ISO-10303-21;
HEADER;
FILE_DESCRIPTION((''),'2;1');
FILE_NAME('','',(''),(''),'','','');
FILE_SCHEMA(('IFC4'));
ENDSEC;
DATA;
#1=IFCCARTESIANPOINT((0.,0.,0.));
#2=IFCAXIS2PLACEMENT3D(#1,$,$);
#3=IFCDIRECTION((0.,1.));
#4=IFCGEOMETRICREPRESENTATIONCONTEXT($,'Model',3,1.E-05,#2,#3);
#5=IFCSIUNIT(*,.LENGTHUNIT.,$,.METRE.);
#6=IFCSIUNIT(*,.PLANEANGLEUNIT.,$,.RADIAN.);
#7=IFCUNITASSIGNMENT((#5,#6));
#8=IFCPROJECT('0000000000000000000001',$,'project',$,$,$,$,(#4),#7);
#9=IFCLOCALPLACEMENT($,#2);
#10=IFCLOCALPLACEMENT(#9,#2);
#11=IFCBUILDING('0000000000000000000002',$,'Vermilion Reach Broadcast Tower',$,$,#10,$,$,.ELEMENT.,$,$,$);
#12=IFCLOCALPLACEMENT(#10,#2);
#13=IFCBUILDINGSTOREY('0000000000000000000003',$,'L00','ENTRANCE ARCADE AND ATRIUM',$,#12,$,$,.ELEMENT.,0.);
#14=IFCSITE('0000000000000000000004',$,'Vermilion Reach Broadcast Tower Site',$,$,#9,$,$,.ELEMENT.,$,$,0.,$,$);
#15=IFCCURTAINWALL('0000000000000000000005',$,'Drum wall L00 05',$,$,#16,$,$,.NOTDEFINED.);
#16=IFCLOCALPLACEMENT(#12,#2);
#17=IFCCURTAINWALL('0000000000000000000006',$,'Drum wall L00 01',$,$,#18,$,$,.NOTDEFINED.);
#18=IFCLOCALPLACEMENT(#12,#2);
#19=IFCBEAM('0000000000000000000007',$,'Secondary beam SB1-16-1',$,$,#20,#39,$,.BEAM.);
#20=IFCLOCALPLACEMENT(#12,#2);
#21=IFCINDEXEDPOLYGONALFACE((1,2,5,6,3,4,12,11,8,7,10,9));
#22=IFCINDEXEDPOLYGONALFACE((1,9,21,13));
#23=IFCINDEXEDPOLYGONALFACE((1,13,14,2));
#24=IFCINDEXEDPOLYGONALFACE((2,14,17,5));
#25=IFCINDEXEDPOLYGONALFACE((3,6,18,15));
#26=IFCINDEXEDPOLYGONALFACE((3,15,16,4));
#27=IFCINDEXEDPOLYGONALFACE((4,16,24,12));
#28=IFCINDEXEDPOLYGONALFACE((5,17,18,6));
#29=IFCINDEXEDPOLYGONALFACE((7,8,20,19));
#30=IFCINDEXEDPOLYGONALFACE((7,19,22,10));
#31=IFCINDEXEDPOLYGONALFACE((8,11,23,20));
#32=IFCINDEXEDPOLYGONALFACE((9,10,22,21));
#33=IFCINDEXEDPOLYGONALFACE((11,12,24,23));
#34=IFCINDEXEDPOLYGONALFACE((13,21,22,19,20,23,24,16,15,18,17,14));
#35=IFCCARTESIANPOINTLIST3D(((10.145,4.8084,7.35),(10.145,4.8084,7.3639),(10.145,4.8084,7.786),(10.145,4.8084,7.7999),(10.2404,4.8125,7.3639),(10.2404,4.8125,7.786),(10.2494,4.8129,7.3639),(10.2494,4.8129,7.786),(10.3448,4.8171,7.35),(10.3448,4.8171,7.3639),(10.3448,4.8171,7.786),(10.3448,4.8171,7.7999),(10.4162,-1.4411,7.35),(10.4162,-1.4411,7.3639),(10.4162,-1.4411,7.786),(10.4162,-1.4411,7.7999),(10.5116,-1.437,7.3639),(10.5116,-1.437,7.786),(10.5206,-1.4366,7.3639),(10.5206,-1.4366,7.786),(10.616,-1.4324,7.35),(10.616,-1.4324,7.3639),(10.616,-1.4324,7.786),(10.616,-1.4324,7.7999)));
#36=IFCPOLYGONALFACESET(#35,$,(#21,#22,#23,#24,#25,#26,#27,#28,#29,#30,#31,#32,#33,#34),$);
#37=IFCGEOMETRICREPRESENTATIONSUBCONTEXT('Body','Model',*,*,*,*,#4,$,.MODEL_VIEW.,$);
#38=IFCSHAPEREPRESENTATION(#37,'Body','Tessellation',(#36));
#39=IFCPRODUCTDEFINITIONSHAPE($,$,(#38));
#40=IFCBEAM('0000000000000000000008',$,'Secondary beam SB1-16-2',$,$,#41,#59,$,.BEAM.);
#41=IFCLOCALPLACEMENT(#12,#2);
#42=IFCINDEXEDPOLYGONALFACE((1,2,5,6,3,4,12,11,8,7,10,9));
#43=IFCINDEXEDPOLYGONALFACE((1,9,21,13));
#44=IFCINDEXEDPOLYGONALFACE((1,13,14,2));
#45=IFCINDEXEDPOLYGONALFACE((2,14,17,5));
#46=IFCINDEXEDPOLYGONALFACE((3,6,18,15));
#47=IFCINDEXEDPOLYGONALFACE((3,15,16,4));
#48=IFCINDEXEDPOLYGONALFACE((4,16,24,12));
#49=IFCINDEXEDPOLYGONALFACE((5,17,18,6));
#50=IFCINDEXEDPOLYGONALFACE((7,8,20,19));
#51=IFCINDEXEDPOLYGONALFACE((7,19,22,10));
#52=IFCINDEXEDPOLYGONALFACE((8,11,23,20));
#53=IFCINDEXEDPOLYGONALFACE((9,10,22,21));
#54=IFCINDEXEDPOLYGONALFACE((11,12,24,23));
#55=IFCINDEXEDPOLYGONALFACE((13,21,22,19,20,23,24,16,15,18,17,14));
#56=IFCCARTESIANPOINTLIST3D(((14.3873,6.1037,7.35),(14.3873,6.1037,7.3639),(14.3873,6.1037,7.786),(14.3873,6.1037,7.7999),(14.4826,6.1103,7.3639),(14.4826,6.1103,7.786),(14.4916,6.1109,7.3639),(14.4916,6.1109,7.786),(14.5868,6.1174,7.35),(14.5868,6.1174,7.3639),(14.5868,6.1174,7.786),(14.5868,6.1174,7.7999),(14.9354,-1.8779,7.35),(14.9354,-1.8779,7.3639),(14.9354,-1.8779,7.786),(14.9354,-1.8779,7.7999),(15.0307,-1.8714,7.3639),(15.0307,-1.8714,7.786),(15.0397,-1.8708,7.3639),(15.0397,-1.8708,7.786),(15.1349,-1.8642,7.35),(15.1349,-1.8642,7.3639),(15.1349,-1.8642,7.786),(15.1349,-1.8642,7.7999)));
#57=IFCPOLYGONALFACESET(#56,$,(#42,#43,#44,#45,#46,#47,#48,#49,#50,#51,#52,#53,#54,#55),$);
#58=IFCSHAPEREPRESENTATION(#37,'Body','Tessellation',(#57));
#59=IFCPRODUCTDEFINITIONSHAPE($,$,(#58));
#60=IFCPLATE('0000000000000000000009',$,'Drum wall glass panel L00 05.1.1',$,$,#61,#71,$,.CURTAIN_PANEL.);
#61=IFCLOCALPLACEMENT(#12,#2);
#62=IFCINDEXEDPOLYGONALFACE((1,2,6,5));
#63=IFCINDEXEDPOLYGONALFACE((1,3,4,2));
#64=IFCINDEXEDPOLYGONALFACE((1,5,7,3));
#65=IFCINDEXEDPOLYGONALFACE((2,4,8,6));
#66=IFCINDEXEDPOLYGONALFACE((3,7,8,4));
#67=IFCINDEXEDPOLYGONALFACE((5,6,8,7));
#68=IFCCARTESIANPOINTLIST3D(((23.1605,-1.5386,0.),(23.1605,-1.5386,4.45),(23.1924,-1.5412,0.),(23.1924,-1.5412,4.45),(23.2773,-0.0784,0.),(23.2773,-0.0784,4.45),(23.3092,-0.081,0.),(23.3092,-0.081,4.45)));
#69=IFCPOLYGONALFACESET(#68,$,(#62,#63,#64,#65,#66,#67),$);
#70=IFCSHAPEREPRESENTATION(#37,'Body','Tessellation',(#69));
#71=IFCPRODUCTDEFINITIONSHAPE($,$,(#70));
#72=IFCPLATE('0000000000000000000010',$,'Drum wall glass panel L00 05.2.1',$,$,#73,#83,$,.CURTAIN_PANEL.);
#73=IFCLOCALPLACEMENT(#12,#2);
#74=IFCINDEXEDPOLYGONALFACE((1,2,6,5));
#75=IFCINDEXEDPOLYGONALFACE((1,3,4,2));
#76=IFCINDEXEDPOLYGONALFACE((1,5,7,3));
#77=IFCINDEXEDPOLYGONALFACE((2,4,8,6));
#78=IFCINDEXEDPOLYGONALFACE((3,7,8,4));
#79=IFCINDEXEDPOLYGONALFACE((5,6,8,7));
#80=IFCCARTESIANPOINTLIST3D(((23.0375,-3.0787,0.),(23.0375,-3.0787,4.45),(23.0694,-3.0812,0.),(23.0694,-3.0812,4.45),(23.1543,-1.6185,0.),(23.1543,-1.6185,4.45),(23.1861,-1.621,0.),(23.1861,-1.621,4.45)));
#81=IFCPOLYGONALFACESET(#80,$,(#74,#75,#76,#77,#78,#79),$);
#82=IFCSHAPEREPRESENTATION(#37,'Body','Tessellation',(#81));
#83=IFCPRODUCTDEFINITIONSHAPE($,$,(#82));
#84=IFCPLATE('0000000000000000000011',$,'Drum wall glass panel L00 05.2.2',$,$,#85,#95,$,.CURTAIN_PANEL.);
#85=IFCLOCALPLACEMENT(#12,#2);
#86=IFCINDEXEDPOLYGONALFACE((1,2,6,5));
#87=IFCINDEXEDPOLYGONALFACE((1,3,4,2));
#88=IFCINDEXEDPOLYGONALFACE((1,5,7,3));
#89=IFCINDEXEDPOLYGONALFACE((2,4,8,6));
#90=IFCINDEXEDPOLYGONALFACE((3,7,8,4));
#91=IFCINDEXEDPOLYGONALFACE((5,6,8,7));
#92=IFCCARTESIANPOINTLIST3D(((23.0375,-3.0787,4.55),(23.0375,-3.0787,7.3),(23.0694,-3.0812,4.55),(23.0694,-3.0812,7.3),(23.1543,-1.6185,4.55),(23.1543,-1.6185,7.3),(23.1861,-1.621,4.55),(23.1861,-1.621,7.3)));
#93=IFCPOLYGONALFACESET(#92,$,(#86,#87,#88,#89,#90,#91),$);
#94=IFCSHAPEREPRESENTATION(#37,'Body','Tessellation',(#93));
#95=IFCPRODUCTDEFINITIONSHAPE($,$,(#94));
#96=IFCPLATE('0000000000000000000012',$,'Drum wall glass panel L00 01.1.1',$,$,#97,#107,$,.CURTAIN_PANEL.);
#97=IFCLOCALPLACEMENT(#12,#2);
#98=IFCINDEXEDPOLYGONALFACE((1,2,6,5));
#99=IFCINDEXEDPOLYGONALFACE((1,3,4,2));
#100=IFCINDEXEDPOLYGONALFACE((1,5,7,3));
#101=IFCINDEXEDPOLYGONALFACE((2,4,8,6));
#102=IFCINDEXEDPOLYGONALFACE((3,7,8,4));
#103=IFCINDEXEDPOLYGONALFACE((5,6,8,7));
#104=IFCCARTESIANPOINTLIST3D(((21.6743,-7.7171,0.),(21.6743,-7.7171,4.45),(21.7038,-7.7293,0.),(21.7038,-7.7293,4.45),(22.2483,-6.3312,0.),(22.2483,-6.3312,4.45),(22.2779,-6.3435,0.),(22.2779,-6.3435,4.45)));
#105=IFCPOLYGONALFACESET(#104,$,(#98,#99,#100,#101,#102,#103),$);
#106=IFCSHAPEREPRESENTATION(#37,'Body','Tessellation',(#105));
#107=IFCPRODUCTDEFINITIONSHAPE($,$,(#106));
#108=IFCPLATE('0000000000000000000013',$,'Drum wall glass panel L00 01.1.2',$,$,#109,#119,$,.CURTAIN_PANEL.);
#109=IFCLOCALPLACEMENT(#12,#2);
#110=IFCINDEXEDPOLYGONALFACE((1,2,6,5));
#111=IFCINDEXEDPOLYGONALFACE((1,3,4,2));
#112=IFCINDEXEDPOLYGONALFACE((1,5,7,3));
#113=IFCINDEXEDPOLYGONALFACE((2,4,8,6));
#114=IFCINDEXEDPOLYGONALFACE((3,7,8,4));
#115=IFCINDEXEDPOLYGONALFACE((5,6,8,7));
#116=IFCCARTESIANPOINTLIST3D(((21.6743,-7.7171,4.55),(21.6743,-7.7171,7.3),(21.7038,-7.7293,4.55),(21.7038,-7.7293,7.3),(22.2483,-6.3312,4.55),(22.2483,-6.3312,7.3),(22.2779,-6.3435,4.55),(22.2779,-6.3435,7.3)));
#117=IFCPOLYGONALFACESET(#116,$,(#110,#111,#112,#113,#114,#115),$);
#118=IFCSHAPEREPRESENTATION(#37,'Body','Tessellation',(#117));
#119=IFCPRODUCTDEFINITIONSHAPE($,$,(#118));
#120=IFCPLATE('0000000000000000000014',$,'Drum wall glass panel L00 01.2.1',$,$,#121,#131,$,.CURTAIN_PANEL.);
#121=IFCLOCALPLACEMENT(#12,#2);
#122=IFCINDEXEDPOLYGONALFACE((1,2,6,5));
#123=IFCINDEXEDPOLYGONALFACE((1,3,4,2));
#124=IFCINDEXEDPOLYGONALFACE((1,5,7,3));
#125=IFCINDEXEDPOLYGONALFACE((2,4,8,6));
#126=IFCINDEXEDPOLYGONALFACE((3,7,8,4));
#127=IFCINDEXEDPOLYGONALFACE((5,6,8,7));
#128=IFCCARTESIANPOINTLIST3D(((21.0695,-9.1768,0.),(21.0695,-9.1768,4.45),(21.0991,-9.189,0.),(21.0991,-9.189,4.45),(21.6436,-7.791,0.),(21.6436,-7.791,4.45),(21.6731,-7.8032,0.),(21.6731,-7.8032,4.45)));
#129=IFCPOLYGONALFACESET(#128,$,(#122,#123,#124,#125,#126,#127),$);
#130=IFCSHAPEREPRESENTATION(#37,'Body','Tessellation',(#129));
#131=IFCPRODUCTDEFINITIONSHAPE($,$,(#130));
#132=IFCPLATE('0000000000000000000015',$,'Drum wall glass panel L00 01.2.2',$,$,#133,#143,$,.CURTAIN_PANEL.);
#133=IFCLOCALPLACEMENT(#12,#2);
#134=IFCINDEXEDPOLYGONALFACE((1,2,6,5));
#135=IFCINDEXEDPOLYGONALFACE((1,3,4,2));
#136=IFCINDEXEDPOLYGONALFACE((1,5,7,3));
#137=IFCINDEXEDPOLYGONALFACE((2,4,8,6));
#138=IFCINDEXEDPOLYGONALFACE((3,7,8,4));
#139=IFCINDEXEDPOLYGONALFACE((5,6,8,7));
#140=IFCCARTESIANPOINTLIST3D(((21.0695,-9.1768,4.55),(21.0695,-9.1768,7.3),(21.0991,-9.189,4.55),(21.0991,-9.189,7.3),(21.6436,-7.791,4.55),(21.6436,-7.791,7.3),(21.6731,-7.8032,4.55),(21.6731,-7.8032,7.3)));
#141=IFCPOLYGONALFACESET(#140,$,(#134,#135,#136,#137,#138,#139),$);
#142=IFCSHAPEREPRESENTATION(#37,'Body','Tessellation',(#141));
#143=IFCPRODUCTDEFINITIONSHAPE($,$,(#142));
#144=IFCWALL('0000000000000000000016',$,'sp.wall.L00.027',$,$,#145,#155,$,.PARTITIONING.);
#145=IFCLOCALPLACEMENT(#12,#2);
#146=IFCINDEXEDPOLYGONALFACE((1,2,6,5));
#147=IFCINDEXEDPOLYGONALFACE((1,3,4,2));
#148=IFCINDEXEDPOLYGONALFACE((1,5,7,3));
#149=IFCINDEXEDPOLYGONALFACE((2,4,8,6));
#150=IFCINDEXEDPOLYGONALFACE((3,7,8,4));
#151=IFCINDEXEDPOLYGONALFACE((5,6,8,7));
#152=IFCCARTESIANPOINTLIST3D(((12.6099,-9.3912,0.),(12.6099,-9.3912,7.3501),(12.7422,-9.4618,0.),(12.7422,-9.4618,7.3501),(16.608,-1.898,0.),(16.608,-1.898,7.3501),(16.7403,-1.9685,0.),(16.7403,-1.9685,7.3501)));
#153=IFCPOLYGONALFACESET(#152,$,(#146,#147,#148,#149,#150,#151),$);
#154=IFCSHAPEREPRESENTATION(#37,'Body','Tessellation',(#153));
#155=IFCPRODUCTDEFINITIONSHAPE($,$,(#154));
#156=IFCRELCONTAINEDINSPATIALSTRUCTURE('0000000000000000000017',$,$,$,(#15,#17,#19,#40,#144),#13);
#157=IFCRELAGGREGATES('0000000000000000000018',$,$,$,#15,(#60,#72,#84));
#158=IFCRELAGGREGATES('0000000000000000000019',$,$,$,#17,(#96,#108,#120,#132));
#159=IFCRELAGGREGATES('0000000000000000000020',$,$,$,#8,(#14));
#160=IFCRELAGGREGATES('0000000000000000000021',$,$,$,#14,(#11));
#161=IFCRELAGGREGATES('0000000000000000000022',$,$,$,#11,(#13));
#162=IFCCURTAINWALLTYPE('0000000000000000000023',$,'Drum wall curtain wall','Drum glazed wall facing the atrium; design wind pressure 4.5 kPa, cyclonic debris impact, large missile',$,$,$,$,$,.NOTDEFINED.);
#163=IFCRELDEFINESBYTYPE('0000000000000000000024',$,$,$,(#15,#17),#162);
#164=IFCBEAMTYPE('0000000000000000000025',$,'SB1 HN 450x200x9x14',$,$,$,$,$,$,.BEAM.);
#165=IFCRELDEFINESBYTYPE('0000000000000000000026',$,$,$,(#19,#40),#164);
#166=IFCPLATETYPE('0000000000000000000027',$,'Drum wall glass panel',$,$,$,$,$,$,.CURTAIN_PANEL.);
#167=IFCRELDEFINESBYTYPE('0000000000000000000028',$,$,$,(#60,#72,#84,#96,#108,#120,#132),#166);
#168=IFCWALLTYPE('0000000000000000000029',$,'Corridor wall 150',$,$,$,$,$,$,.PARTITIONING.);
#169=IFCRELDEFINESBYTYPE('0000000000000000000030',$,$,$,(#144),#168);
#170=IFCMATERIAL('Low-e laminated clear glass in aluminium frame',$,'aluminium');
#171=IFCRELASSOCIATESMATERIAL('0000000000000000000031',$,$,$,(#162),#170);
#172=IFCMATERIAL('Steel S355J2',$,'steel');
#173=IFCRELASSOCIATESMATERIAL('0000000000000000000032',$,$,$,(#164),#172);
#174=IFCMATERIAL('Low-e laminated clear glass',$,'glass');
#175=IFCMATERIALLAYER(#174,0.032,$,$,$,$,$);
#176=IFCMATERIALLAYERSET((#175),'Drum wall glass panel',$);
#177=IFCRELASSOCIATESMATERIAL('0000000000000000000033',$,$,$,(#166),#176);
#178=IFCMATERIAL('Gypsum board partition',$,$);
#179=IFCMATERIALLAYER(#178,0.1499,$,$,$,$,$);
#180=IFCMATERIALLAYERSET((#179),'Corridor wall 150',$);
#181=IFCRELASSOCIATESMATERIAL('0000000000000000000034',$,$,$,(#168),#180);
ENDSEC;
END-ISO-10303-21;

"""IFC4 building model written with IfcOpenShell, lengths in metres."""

from ifc_helpers import new_model, si_unit, direction, frame, frame_2d, origin, origin_2d, place, context, subcontext, project, spatial, rectangle, i_section, extrude, material, layer, layer_set, material_profile, profile_set, type_object, element, aggregate, save


model = new_model("IFC4")

# Units and contexts
model_context = context("Model", 3, precision=1e-05, world=origin(), true_north=direction((0.0, 1.0)))
body_context = subcontext(model_context, "Body", "Model", "MODEL_VIEW")
ifc_project = project(units=[si_unit("LENGTHUNIT", "METRE"), si_unit("PLANEANGLEUNIT", "RADIAN")], contexts=[model_context])

# Site, building, storey
site_placement = place(None, origin())
site = spatial("IfcSite", under=ifc_project, at=site_placement, Name="Vermilion Reach Broadcast Tower Site", CompositionType="ELEMENT", RefElevation=0.0)
building_placement = place(site_placement, origin())
building = spatial("IfcBuilding", under=site, at=building_placement, Name="Vermilion Reach Broadcast Tower", CompositionType="ELEMENT")
storey_placement = place(building_placement, origin())
storey = spatial("IfcBuildingStorey", under=building, at=storey_placement, Name="L00", Description="ENTRANCE ARCADE AND ATRIUM", CompositionType="ELEMENT", Elevation=0.0)

# Curtain walls
ifc_material_1 = material(Name="Low-e laminated clear glass in aluminium frame", Category="aluminium")
curtain_wall_type = type_object("IfcCurtainWallType", Name="Drum wall curtain wall", Description="Drum glazed wall facing the atrium; design wind pressure 4.5 kPa, cyclonic debris impact, large missile", PredefinedType="NOTDEFINED", material=ifc_material_1)
placement = place(storey_placement, origin())
curtain_wall_1 = element("IfcCurtainWall", 1, at=placement, inside=storey, type_object=curtain_wall_type, Name="Drum wall L00 05", PredefinedType="NOTDEFINED")
curtain_wall_2 = element("IfcCurtainWall", 2, at=placement, inside=storey, type_object=curtain_wall_type, Name="Drum wall L00 01", PredefinedType="NOTDEFINED")

# Beams
ifc_material_2 = material(Name="Steel S355J2", Category="steel")
ifc_material_profile_1 = material_profile(ifc_material_2, i_section(OverallWidth=0.2, OverallDepth=0.45, WebThickness=0.009, FlangeThickness=0.0139, at=origin_2d()), Name="S355J2 HN 450x200x9x14")
ifc_profile_set_1 = profile_set([ifc_material_profile_1], Name="Steel S355J2")
beam_type_1 = type_object("IfcBeamType", Name="SB1 HN 450x200x9x14", PredefinedType="BEAM", material=ifc_profile_set_1)
beam_1_placement = place(storey_placement, frame((10.5161, -1.4368, 7.575), z_axis=(-0.043361, 0.999059, 0.0), x_axis=(-0.999059, -0.043361, 0.0)))
element("IfcBeam", 3, at=beam_1_placement, inside=storey, type_object=beam_type_1, Name="Secondary beam SB1-16-1", PredefinedType="BEAM", context=body_context, shape_type="SweptSolid", body=[
    extrude(i_section(OverallWidth=0.2, OverallDepth=0.45, WebThickness=0.009, FlangeThickness=0.0139, at=origin_2d()), origin(), (0.0, 0.0, 1.0), 6.2554),
])
beam_2_placement = place(storey_placement, frame((15.0352, -1.8711, 7.575), z_axis=(-0.068508, 0.997651, 0.0), x_axis=(-0.997651, -0.068508, 0.0)))
element("IfcBeam", 4, at=beam_2_placement, inside=storey, type_object=beam_type_1, Name="Secondary beam SB1-16-2", PredefinedType="BEAM", context=body_context, shape_type="SweptSolid", body=[
    extrude(i_section(OverallWidth=0.2, OverallDepth=0.45, WebThickness=0.009, FlangeThickness=0.0139, at=origin_2d()), origin(), (0.0, 0.0, 1.0), 8.0005),
])

# Plates
ifc_material_3 = material(Name="Low-e laminated clear glass", Category="glass")
ifc_layer_1 = layer(ifc_material_3, 0.032)
ifc_layer_set_1 = layer_set([ifc_layer_1], Name="Drum wall glass panel")
plate_type = type_object("IfcPlateType", Name="Drum wall glass panel", PredefinedType="CURTAIN_PANEL", material=ifc_layer_set_1)
plate_1_placement = place(storey_placement, frame((23.2349, -0.8098, 0.0), z_axis=(0.0, 0.0, 1.0), x_axis=(-0.079726, -0.996817, 0.0)))
plate_1 = element("IfcPlate", 5, at=plate_1_placement, type_object=plate_type, Name="Drum wall glass panel L00 05.1.1", PredefinedType="CURTAIN_PANEL", context=body_context, shape_type="SweptSolid", body=[
    extrude(rectangle(XDim=1.4648, YDim=0.032, at=origin_2d()), origin(), (0.0, 0.0, 1.0), 4.45),
])
plate_2_placement = place(storey_placement, frame((23.1118, -2.3499, 0.0), z_axis=(0.0, 0.0, 1.0), x_axis=(-0.079726, -0.996817, 0.0)))
plate_2 = element("IfcPlate", 6, at=plate_2_placement, type_object=plate_type, Name="Drum wall glass panel L00 05.2.1", PredefinedType="CURTAIN_PANEL", context=body_context, shape_type="SweptSolid", body=[
    extrude(rectangle(XDim=1.4648, YDim=0.032, at=origin_2d()), origin(), (0.0, 0.0, 1.0), 4.45),
])
plate_3_placement = place(storey_placement, frame((23.1118, -2.3499, 4.55), z_axis=(0.0, 0.0, 1.0), x_axis=(-0.079726, -0.996817, 0.0)))
plate_3 = element("IfcPlate", 7, at=plate_3_placement, type_object=plate_type, Name="Drum wall glass panel L00 05.2.2", PredefinedType="CURTAIN_PANEL", context=body_context, shape_type="SweptSolid", body=[
    extrude(rectangle(XDim=1.4648, YDim=0.032, at=origin_2d()), origin(), (0.0, 0.0, 1.0), 2.75),
])
aggregate(curtain_wall_1, [plate_1, plate_2, plate_3])
plate_4_placement = place(storey_placement, frame((21.9761, -7.0303, 0.0), z_axis=(0.0, 0.0, 1.0), x_axis=(-0.382693, -0.923875, 0.0)))
plate_4 = element("IfcPlate", 8, at=plate_4_placement, type_object=plate_type, Name="Drum wall glass panel L00 01.1.1", PredefinedType="CURTAIN_PANEL", context=body_context, shape_type="SweptSolid", body=[
    extrude(rectangle(XDim=1.5, YDim=0.032, at=origin_2d()), origin(), (0.0, 0.0, 1.0), 4.45),
])
plate_5_placement = place(storey_placement, frame((21.9761, -7.0303, 4.55), z_axis=(0.0, 0.0, 1.0), x_axis=(-0.382693, -0.923875, 0.0)))
plate_5 = element("IfcPlate", 9, at=plate_5_placement, type_object=plate_type, Name="Drum wall glass panel L00 01.1.2", PredefinedType="CURTAIN_PANEL", context=body_context, shape_type="SweptSolid", body=[
    extrude(rectangle(XDim=1.5, YDim=0.032, at=origin_2d()), origin(), (0.0, 0.0, 1.0), 2.75),
])
plate_6_placement = place(storey_placement, frame((21.3713, -8.49, 0.0), z_axis=(0.0, 0.0, 1.0), x_axis=(-0.382693, -0.923875, 0.0)))
plate_6 = element("IfcPlate", 10, at=plate_6_placement, type_object=plate_type, Name="Drum wall glass panel L00 01.2.1", PredefinedType="CURTAIN_PANEL", context=body_context, shape_type="SweptSolid", body=[
    extrude(rectangle(XDim=1.5, YDim=0.032, at=origin_2d()), origin(), (0.0, 0.0, 1.0), 4.45),
])
plate_7_placement = place(storey_placement, frame((21.3713, -8.49, 4.55), z_axis=(0.0, 0.0, 1.0), x_axis=(-0.382693, -0.923875, 0.0)))
plate_7 = element("IfcPlate", 11, at=plate_7_placement, type_object=plate_type, Name="Drum wall glass panel L00 01.2.2", PredefinedType="CURTAIN_PANEL", context=body_context, shape_type="SweptSolid", body=[
    extrude(rectangle(XDim=1.5, YDim=0.032, at=origin_2d()), origin(), (0.0, 0.0, 1.0), 2.75),
])
aggregate(curtain_wall_2, [plate_4, plate_5, plate_6, plate_7])

# Wall
ifc_material_4 = material(Name="Gypsum board partition")
ifc_layer_2 = layer(ifc_material_4, 0.1499)
ifc_layer_set_2 = layer_set([ifc_layer_2], Name="Corridor wall 150")
wall_type_1 = type_object("IfcWallType", Name="Corridor wall 150", PredefinedType="PARTITIONING", material=ifc_layer_set_2)
wall_1_placement = place(storey_placement, frame((12.676, -9.4265, 0.0), z_axis=(0.0, 0.0, 1.0), x_axis=(0.470743, 0.88227, 0.0)))
element("IfcWall", 12, at=wall_1_placement, inside=storey, type_object=wall_type_1, Name="sp.wall.L00.027", PredefinedType="PARTITIONING", context=body_context, shape_type="SweptSolid", body=[
    extrude(rectangle(XDim=8.4932, YDim=0.1499, at=frame_2d((4.2466, 0.0))), origin(), (0.0, 0.0, 1.0), 7.3501),
])

save(model, "model.ifc")
